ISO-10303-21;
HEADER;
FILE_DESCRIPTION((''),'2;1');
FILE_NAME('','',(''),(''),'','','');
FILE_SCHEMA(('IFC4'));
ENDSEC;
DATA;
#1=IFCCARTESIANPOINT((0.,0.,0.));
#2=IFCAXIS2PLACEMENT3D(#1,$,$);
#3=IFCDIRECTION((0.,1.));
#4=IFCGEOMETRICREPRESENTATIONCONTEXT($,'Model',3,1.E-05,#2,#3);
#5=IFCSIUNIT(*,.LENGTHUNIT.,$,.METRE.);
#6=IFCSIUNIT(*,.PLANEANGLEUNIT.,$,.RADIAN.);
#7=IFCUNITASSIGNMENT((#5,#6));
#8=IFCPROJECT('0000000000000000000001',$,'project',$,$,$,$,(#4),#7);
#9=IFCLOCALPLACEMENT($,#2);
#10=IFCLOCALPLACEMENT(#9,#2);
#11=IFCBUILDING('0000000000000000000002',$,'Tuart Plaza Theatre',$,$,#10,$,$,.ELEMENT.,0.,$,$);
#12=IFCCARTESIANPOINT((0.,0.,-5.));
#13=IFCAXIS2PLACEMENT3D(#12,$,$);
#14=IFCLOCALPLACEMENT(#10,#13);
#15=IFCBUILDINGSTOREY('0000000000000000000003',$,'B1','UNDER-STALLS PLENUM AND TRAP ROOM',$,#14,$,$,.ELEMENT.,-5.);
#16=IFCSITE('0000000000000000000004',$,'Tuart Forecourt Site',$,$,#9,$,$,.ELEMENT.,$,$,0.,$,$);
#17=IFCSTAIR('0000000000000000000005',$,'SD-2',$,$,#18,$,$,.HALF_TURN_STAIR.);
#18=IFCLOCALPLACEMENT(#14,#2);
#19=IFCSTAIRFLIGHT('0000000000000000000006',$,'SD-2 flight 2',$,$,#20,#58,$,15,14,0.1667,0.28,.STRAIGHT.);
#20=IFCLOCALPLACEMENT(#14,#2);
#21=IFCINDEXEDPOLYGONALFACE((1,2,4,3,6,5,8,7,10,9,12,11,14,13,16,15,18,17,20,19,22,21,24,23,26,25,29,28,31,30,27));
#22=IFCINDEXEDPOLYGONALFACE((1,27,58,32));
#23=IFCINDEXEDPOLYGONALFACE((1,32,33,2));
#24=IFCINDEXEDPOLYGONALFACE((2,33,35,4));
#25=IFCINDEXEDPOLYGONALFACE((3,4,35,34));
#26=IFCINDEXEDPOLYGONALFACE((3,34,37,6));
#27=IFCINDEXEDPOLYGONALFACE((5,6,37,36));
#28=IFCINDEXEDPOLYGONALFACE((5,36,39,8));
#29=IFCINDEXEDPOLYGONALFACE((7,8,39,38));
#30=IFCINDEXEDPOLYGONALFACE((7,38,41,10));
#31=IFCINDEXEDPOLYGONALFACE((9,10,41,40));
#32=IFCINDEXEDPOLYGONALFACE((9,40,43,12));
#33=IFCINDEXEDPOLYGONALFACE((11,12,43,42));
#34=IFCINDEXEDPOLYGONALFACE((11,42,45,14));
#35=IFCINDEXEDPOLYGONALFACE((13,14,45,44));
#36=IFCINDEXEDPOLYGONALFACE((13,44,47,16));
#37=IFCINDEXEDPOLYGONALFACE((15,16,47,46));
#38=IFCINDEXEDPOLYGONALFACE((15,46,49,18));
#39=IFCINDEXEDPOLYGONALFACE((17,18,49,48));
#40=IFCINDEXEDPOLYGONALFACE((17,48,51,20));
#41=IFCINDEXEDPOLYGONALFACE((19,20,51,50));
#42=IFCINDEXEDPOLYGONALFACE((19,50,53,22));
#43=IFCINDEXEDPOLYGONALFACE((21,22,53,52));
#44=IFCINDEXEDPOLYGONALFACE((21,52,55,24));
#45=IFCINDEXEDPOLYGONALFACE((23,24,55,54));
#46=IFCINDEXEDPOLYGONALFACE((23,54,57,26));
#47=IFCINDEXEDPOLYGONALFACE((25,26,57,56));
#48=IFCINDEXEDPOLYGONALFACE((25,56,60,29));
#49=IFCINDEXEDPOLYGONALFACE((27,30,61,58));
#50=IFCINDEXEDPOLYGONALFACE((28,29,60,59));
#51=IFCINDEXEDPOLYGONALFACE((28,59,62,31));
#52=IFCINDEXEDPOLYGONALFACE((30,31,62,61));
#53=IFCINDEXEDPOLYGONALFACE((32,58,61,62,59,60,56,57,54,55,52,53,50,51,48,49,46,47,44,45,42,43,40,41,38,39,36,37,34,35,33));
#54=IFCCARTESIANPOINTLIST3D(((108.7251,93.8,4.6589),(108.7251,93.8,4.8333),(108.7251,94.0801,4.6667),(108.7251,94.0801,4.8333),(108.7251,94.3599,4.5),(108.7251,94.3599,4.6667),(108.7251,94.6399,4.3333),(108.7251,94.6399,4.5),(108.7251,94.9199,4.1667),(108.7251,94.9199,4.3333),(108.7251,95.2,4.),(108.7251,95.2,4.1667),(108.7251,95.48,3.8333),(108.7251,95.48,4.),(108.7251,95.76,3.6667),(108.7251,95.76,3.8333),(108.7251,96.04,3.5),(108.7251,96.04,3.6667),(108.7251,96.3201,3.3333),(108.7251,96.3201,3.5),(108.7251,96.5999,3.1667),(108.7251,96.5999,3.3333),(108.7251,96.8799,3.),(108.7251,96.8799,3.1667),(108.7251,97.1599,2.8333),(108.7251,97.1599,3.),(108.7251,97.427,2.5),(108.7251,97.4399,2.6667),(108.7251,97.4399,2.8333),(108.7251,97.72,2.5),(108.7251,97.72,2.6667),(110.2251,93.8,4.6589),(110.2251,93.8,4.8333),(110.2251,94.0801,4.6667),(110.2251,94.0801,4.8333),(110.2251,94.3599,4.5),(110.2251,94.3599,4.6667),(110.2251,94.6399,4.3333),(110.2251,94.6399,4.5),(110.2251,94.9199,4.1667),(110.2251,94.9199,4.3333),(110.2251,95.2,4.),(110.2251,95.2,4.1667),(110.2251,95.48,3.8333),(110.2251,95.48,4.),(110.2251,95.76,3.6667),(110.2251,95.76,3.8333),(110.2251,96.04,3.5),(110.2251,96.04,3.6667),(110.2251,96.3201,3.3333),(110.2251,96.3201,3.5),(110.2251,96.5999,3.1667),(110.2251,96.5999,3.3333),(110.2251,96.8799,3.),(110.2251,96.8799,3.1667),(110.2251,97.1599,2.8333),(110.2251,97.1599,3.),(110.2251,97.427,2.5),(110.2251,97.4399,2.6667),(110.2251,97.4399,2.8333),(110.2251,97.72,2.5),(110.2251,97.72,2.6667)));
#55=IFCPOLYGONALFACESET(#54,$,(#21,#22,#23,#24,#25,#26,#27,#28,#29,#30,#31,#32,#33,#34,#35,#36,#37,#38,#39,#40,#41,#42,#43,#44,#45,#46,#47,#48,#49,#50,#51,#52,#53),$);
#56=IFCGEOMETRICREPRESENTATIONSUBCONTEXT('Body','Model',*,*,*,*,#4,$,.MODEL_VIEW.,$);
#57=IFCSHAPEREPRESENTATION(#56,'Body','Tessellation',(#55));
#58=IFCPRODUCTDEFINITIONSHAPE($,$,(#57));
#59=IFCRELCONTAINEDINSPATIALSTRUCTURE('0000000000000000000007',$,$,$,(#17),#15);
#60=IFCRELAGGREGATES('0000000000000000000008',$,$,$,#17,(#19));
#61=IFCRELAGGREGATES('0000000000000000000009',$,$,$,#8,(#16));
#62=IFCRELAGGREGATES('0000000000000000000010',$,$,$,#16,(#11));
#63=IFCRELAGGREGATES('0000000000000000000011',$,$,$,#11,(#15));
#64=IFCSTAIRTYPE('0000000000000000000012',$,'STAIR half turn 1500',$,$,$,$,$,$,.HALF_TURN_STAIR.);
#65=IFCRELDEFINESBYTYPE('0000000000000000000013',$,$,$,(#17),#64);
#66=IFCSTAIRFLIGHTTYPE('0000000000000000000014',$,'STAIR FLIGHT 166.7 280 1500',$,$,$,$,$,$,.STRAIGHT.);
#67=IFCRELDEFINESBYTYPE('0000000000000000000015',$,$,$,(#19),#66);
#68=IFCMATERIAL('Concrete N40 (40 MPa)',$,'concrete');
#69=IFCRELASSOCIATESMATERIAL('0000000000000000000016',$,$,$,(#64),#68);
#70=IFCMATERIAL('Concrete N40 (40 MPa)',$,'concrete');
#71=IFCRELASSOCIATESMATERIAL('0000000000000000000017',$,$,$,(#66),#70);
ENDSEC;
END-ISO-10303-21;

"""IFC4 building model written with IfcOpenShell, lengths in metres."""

from ifc_helpers import new_model, si_unit, direction, frame, origin, place, context, subcontext, project, spatial, polyline, outline, extrude, material, type_object, element, aggregate, save


model = new_model("IFC4")

# Units and contexts
model_context = context("Model", 3, precision=1e-05, world=origin(), true_north=direction((0.0, 1.0)))
body_context = subcontext(model_context, "Body", "Model", "MODEL_VIEW")
ifc_project = project(units=[si_unit("LENGTHUNIT", "METRE"), si_unit("PLANEANGLEUNIT", "RADIAN")], contexts=[model_context])

# Site, building, storey
site_placement = place(None, origin())
site = spatial("IfcSite", under=ifc_project, at=site_placement, Name="Tuart Forecourt Site", CompositionType="ELEMENT", RefElevation=0.0)
building_placement = place(site_placement, origin())
building = spatial("IfcBuilding", under=site, at=building_placement, Name="Tuart Plaza Theatre", CompositionType="ELEMENT", ElevationOfRefHeight=0.0)
storey_placement = place(building_placement, frame((0.0, 0.0, -5.0)))
storey = spatial("IfcBuildingStorey", under=building, at=storey_placement, Name="B1", Description="UNDER-STALLS PLENUM AND TRAP ROOM", CompositionType="ELEMENT", Elevation=-5.0)

# Stair, stair flight
ifc_material_1 = material(Name="Concrete N40 (40 MPa)", Category="concrete")
stair_type = type_object("IfcStairType", Name="STAIR half turn 1500", PredefinedType="HALF_TURN_STAIR", material=ifc_material_1)
stair_placement = place(storey_placement, origin())
stair = element("IfcStair", 1, at=stair_placement, inside=storey, type_object=stair_type, Name="SD-2", PredefinedType="HALF_TURN_STAIR")
ifc_material_2 = material(Name="Concrete N40 (40 MPa)", Category="concrete")
stair_flight_type = type_object("IfcStairFlightType", Name="STAIR FLIGHT 166.7 280 1500", PredefinedType="STRAIGHT", material=ifc_material_2)
stair_flight_1_placement = place(storey_placement, frame((109.4751, 97.72, 2.5), z_axis=(0.0, 0.0, 1.0), x_axis=(0.0, -1.0, 0.0)))
stair_flight_1 = element("IfcStairFlight", 2, at=stair_flight_1_placement, type_object=stair_flight_type, Name="SD-2 flight 2", NumberOfRisers=15, NumberOfTreads=14, PredefinedType="STRAIGHT", RiserHeight=0.1667, TreadLength=0.28, context=body_context, shape_type="SweptSolid", body=[
    extrude(outline(polyline([(0.0, 0.0), (0.0, 0.1667), (0.28, 0.1667), (0.28, 0.3333), (0.5601, 0.3333), (0.5601, 0.5), (0.8401, 0.5), (0.8401, 0.6667), (1.1201, 0.6667), (1.1201, 0.8333), (1.3999, 0.8333), (1.3999, 1.0), (1.6799, 1.0), (1.6799, 1.1667), (1.96, 1.1667), (1.96, 1.3333), (2.24, 1.3333), (2.24, 1.5), (2.52, 1.5), (2.52, 1.6667), (2.8, 1.6667), (2.8, 1.8333), (3.0801, 1.8333), (3.0801, 2.0), (3.3601, 2.0), (3.3601, 2.1667), (3.6399, 2.1667), (3.6399, 2.3333), (3.9199, 2.3333), (3.9199, 2.5), (3.9199, 2.1589), (0.293, 0.0), (0.0, 0.0)])), frame((0.0, 0.75, 0.0), z_axis=(0.0, -1.0, 0.0), x_axis=(1.0, 0.0, 0.0)), (0.0, 0.0, 1.0), 1.5),
])
aggregate(stair, [stair_flight_1])

save(model, "model.ifc")
